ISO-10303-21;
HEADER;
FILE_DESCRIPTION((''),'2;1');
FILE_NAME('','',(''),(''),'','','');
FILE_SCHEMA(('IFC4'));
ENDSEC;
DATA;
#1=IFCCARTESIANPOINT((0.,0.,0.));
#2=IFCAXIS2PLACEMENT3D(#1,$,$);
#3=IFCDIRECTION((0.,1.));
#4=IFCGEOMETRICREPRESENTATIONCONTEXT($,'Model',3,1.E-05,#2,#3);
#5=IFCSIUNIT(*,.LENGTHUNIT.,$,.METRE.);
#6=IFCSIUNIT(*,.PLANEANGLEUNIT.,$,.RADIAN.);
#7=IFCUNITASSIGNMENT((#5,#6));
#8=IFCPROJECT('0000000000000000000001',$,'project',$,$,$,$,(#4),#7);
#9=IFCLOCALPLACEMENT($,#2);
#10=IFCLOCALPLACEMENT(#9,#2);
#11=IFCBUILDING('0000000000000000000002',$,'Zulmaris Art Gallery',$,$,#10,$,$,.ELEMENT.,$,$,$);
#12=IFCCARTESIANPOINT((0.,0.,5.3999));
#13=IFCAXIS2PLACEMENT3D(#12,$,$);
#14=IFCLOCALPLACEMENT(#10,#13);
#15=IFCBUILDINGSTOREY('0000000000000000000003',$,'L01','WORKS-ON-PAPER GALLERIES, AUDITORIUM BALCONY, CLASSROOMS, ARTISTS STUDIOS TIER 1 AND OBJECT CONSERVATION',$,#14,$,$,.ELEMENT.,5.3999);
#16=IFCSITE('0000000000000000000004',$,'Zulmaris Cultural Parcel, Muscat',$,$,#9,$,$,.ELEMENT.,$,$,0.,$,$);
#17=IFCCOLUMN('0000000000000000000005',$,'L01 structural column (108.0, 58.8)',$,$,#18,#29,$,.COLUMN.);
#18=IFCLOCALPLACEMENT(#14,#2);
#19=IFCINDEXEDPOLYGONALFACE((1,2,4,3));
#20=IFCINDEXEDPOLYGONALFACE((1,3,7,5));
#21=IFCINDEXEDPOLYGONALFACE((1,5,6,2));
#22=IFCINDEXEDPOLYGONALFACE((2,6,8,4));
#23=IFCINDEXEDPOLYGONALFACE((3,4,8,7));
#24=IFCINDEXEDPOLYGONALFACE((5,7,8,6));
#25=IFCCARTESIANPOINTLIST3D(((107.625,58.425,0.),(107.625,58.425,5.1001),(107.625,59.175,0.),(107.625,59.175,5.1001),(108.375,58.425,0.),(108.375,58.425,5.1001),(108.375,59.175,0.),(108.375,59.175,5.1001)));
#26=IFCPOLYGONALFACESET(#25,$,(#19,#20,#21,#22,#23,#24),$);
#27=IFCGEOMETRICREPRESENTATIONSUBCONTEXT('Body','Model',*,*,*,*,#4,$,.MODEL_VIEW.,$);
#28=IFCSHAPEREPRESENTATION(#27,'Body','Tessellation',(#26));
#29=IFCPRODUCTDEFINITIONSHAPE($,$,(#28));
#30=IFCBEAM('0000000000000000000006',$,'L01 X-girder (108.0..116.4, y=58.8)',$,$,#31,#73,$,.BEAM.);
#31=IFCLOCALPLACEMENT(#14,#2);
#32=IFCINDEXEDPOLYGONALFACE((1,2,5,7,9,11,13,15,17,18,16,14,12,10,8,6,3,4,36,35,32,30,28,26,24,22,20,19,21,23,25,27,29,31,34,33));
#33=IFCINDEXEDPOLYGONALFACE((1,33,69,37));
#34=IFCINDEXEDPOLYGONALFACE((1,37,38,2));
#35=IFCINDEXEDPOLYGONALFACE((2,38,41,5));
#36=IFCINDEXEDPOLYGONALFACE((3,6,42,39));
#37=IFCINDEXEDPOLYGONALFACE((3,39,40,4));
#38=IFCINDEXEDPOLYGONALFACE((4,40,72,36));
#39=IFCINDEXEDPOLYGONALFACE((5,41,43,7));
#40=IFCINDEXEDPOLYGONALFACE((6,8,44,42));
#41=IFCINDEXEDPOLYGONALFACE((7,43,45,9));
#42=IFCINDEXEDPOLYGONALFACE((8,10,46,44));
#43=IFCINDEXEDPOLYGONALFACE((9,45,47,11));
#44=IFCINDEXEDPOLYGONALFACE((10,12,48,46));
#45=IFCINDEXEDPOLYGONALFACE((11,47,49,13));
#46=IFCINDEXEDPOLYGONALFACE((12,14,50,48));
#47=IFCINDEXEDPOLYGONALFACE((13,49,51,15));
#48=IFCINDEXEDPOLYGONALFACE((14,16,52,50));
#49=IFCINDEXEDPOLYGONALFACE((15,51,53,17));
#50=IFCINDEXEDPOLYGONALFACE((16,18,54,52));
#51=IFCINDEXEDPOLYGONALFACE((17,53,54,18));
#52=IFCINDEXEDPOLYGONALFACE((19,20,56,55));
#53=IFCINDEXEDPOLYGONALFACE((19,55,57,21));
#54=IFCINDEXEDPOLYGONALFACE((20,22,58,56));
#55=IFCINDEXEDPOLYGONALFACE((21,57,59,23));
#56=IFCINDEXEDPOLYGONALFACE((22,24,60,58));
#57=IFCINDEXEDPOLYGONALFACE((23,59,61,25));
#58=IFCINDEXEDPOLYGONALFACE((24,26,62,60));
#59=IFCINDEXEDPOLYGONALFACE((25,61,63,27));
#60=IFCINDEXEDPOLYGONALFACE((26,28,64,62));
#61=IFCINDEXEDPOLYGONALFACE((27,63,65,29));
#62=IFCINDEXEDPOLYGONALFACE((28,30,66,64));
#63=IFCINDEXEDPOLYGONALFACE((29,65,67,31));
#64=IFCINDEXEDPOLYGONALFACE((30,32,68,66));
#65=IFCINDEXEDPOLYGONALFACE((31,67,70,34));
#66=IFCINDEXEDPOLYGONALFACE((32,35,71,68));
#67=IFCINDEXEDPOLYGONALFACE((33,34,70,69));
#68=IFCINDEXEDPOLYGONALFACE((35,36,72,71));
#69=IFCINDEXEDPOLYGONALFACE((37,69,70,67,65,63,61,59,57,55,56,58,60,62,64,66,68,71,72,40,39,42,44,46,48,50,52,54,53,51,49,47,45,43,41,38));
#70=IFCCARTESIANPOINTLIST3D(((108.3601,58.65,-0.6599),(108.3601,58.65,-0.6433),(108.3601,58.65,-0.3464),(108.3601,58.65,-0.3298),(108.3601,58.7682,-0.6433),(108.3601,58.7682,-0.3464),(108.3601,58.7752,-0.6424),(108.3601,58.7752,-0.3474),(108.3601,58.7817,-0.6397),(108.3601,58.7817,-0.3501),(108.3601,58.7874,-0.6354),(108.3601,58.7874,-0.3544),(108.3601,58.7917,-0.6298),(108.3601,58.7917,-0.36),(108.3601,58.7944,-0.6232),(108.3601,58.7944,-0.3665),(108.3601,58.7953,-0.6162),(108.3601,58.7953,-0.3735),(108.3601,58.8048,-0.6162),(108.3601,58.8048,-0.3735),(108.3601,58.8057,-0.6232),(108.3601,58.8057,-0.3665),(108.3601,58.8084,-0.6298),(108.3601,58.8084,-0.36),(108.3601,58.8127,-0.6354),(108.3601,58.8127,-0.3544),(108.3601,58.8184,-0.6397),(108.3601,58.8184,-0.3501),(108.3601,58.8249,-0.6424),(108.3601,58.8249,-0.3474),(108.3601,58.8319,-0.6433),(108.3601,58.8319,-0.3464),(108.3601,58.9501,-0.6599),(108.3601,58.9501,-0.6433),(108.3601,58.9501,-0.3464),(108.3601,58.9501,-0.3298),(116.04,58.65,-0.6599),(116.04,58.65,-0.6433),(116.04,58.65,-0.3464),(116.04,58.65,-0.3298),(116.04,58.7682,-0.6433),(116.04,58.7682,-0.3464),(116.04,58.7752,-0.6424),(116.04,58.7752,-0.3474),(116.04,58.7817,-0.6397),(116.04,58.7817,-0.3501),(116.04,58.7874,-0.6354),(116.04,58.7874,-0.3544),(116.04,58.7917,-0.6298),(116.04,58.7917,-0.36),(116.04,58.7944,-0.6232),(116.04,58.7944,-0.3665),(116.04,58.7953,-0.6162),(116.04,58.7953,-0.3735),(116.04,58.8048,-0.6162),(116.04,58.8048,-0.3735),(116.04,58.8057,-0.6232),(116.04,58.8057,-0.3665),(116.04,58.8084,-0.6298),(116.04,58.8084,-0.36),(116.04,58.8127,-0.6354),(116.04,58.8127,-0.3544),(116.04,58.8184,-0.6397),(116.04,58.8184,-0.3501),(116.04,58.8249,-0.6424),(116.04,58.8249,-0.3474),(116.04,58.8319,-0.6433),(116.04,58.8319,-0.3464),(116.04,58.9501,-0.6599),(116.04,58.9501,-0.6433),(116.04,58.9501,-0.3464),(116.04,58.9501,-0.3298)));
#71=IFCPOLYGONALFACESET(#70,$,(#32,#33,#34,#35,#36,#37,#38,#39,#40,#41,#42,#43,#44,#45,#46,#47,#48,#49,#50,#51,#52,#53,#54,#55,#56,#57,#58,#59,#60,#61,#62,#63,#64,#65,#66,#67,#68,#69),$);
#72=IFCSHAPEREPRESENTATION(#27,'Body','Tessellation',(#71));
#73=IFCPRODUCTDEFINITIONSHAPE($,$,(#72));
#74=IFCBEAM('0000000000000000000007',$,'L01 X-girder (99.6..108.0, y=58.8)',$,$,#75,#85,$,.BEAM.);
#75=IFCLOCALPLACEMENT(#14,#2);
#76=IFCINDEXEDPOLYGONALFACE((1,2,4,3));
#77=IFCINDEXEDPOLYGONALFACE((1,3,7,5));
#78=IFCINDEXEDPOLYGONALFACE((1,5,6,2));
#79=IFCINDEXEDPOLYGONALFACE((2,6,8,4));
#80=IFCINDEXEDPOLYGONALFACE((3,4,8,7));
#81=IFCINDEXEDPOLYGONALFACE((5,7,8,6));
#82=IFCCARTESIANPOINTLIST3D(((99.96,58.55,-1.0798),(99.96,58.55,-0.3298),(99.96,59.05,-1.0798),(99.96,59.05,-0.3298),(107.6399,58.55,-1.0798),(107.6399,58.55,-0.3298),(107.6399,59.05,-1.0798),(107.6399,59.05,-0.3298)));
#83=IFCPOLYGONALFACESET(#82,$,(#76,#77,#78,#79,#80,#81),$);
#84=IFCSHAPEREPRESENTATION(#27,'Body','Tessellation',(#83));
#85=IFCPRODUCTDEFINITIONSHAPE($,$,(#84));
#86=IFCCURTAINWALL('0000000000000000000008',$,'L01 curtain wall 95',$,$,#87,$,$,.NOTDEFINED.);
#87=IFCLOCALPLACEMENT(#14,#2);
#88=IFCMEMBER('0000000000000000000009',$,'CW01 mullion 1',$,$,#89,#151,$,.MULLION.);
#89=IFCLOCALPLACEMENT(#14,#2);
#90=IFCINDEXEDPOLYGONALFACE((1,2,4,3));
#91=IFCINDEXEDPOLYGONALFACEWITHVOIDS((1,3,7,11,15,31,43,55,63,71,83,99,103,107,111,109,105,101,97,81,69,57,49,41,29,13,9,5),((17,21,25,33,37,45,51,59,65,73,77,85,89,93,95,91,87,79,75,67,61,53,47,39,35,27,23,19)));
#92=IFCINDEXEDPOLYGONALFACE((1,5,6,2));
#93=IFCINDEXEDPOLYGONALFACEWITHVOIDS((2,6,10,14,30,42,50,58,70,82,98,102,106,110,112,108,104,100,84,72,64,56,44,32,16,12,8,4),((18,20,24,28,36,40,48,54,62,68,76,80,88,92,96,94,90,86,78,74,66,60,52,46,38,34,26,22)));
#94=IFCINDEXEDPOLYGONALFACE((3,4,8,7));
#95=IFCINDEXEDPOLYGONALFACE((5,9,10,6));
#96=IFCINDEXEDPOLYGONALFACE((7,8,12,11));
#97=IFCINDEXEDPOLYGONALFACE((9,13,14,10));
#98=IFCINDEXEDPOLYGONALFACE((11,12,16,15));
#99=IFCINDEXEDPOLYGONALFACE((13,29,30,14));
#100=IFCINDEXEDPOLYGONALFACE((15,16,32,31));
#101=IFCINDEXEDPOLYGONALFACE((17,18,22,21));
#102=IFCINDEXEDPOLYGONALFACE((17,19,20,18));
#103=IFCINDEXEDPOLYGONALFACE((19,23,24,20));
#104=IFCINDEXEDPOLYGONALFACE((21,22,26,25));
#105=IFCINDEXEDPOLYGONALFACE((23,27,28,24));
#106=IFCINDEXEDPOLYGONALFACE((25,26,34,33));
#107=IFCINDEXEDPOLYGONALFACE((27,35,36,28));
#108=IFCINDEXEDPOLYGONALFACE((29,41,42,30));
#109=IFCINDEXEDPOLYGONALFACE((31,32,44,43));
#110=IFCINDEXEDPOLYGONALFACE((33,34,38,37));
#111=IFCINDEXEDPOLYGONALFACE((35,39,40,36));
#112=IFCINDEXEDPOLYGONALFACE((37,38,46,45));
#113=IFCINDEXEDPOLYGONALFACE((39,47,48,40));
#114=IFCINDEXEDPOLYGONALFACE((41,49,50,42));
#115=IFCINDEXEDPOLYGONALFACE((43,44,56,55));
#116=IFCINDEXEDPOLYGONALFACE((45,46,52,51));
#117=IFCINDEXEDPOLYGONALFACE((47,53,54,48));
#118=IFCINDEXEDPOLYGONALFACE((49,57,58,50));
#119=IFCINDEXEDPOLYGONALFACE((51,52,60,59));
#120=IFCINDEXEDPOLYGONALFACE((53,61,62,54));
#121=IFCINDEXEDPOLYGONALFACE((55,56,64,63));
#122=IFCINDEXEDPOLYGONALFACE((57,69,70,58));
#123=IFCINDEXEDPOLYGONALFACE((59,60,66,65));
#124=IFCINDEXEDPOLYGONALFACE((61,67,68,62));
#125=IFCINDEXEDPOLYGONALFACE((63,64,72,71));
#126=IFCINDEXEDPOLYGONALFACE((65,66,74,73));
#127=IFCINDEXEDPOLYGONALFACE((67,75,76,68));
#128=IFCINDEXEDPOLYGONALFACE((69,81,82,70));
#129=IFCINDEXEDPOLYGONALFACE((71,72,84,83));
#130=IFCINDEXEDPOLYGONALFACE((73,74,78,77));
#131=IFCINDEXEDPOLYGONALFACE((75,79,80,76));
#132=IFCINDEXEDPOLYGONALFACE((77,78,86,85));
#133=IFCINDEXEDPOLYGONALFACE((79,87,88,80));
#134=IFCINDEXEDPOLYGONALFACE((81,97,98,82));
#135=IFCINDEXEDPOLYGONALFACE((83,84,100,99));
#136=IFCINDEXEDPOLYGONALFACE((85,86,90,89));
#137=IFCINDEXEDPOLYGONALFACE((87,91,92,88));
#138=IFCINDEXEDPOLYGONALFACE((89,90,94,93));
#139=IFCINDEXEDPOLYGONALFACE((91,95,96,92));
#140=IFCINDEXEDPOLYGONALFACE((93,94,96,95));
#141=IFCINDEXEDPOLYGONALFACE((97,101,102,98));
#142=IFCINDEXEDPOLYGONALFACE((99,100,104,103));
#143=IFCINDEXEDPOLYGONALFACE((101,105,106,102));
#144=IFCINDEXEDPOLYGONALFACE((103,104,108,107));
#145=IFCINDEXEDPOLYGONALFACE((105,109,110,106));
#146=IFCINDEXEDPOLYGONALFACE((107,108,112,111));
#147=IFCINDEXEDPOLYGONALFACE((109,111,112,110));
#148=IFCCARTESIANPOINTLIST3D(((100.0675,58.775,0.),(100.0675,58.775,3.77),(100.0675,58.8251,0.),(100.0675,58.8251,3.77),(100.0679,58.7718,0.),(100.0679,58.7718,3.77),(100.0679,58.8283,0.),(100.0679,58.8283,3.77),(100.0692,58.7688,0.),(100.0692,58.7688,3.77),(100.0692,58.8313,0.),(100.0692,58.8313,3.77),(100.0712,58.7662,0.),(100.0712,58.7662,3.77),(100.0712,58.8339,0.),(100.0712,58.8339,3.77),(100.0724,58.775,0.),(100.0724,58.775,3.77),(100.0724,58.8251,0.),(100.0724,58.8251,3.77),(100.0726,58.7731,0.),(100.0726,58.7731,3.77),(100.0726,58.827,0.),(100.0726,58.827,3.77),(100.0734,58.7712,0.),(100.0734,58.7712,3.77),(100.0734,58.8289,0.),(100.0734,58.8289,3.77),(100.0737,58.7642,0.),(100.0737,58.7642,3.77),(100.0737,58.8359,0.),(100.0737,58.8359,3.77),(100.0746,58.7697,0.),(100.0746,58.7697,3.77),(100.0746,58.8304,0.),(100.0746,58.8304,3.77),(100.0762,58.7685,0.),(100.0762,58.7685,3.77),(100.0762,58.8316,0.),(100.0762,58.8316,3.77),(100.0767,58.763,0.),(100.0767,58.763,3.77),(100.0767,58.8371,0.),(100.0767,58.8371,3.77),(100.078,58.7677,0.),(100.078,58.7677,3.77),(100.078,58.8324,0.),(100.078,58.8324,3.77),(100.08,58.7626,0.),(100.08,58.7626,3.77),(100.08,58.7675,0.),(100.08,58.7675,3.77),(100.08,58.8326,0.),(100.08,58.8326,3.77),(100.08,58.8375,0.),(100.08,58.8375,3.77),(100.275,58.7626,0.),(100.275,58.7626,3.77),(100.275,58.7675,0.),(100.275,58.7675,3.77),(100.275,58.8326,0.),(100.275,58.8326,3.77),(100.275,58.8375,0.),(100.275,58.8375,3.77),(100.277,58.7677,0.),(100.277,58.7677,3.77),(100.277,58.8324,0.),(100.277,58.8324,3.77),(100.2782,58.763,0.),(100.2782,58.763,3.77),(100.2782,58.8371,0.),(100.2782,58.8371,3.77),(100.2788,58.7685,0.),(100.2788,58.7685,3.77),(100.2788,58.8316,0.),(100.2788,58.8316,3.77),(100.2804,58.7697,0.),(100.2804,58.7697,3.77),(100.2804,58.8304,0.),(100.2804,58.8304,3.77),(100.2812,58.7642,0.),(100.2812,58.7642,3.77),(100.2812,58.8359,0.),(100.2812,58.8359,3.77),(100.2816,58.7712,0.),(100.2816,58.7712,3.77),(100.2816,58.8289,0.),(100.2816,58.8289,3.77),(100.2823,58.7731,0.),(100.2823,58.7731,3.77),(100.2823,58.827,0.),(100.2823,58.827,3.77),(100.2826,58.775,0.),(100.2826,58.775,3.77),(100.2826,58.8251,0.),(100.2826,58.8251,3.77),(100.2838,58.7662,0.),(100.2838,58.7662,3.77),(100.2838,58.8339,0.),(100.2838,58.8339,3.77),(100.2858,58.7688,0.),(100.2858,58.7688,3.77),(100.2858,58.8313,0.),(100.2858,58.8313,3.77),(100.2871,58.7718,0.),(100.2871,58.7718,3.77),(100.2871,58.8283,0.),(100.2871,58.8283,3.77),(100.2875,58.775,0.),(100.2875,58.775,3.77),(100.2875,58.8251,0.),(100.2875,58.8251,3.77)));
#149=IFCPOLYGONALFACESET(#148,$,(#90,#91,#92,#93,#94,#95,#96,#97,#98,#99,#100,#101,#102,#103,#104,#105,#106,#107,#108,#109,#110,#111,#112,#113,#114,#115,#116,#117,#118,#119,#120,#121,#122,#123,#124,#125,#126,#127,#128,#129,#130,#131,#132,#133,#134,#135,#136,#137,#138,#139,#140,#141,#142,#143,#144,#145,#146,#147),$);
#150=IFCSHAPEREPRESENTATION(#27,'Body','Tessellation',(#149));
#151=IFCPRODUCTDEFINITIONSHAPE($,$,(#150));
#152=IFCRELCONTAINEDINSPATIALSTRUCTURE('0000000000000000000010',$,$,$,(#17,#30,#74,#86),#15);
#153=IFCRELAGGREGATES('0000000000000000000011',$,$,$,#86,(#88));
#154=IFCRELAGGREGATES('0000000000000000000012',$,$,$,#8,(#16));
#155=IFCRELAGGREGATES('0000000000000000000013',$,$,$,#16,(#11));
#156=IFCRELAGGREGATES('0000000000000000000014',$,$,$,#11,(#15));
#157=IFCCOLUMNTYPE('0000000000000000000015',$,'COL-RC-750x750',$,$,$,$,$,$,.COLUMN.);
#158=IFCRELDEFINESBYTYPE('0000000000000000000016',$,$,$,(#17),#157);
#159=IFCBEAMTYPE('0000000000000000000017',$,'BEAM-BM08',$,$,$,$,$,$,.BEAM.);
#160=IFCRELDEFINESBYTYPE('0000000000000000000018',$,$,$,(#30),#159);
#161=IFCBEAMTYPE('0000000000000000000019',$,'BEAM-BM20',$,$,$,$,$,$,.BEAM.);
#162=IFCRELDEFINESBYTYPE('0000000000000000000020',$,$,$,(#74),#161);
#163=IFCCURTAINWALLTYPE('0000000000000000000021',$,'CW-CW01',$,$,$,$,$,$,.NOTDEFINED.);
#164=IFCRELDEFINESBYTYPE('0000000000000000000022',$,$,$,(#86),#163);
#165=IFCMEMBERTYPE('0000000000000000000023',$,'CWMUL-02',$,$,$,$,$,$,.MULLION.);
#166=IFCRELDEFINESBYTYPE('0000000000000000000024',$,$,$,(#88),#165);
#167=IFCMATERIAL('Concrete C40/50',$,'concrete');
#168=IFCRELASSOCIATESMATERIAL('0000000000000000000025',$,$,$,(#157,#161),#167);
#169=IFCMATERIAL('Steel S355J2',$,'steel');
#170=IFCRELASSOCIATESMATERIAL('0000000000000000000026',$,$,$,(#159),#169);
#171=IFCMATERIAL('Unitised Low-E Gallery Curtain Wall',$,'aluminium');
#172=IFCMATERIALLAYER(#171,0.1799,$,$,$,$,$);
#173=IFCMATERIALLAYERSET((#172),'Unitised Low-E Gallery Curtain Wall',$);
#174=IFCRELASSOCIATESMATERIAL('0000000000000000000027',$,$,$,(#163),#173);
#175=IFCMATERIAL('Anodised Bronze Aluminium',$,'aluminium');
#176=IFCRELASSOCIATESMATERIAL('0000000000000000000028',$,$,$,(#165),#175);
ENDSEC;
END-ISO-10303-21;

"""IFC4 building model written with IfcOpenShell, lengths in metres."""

from ifc_helpers import new_model, si_unit, direction, frame, origin, origin_2d, place, context, subcontext, project, spatial, rectangle, hollow_rectangle, i_section, extrude, material, layer, layer_set, material_profile, profile_set, type_object, element, aggregate, save


model = new_model("IFC4")

# Units and contexts
model_context = context("Model", 3, precision=1e-05, world=origin(), true_north=direction((0.0, 1.0)))
body_context = subcontext(model_context, "Body", "Model", "MODEL_VIEW")
ifc_project = project(units=[si_unit("LENGTHUNIT", "METRE"), si_unit("PLANEANGLEUNIT", "RADIAN")], contexts=[model_context])

# Site, building, storey
site_placement = place(None, origin())
site = spatial("IfcSite", under=ifc_project, at=site_placement, Name="Zulmaris Cultural Parcel, Muscat", CompositionType="ELEMENT", RefElevation=0.0)
building_placement = place(site_placement, origin())
building = spatial("IfcBuilding", under=site, at=building_placement, Name="Zulmaris Art Gallery", CompositionType="ELEMENT")
storey_placement = place(building_placement, frame((0.0, 0.0, 5.3999)))
storey = spatial("IfcBuildingStorey", under=building, at=storey_placement, Name="L01", Description="WORKS-ON-PAPER GALLERIES, AUDITORIUM BALCONY, CLASSROOMS, ARTISTS STUDIOS TIER 1 AND OBJECT CONSERVATION", CompositionType="ELEMENT", Elevation=5.3999)

# Column
ifc_material_1 = material(Name="Concrete C40/50", Category="concrete")
ifc_material_profile_1 = material_profile(ifc_material_1, rectangle(XDim=0.75, YDim=0.75, at=origin_2d()), Name="RC 750x750")
ifc_profile_set_1 = profile_set([ifc_material_profile_1], Name="Concrete C40/50")
column_type = type_object("IfcColumnType", Name="COL-RC-750x750", PredefinedType="COLUMN", material=ifc_profile_set_1)
column_placement = place(storey_placement, frame((108.0, 58.8, 0.0), z_axis=(0.0, 0.0, 1.0), x_axis=(1.0, 0.0, 0.0)))
element("IfcColumn", 1, at=column_placement, inside=storey, type_object=column_type, Name="L01 structural column (108.0, 58.8)", PredefinedType="COLUMN", context=body_context, shape_type="SweptSolid", body=[
    extrude(rectangle(XDim=0.75, YDim=0.75, at=origin_2d()), origin(), (0.0, 0.0, 1.0), 5.1001),
])

# Beams
ifc_material_2 = material(Name="Steel S355J2", Category="steel")
ifc_material_profile_2 = material_profile(ifc_material_2, i_section(OverallWidth=0.3, OverallDepth=0.3301, WebThickness=0.0095, FlangeThickness=0.0166, FilletRadius=0.0271, at=origin_2d()), Name="HEA 340")
ifc_profile_set_2 = profile_set([ifc_material_profile_2], Name="Steel S355J2")
beam_type_1 = type_object("IfcBeamType", Name="BEAM-BM08", PredefinedType="BEAM", material=ifc_profile_set_2)
beam_1_placement = place(storey_placement, frame((108.3601, 58.8, -0.4949), z_axis=(1.0, 0.0, 0.0), x_axis=(0.0, 1.0, 0.0)))
element("IfcBeam", 2, at=beam_1_placement, inside=storey, type_object=beam_type_1, Name="L01 X-girder (108.0..116.4, y=58.8)", PredefinedType="BEAM", context=body_context, shape_type="SweptSolid", body=[
    extrude(i_section(OverallWidth=0.3, OverallDepth=0.3301, WebThickness=0.0095, FlangeThickness=0.0166, FilletRadius=0.0271, at=origin_2d()), origin(), (0.0, 0.0, 1.0), 7.6799),
])
ifc_material_profile_3 = material_profile(ifc_material_1, rectangle(XDim=0.5, YDim=0.75, at=origin_2d()), Name="RC 500x750")
ifc_profile_set_3 = profile_set([ifc_material_profile_3], Name="Concrete C40/50")
beam_type_2 = type_object("IfcBeamType", Name="BEAM-BM20", PredefinedType="BEAM", material=ifc_profile_set_3)
beam_2_placement = place(storey_placement, frame((99.96, 58.8, -0.7048), z_axis=(1.0, 0.0, 0.0), x_axis=(0.0, 1.0, 0.0)))
element("IfcBeam", 3, at=beam_2_placement, inside=storey, type_object=beam_type_2, Name="L01 X-girder (99.6..108.0, y=58.8)", PredefinedType="BEAM", context=body_context, shape_type="SweptSolid", body=[
    extrude(rectangle(XDim=0.5, YDim=0.75, at=origin_2d()), origin(), (0.0, 0.0, 1.0), 7.6799),
])

# Curtain wall, member
ifc_material_3 = material(Name="Unitised Low-E Gallery Curtain Wall", Category="aluminium")
ifc_layer_1 = layer(ifc_material_3, 0.1799)
ifc_layer_set_1 = layer_set([ifc_layer_1], Name="Unitised Low-E Gallery Curtain Wall")
curtain_wall_type = type_object("IfcCurtainWallType", Name="CW-CW01", PredefinedType="NOTDEFINED", material=ifc_layer_set_1)
curtain_wall_placement = place(storey_placement, origin())
curtain_wall = element("IfcCurtainWall", 4, at=curtain_wall_placement, inside=storey, type_object=curtain_wall_type, Name="L01 curtain wall 95", PredefinedType="NOTDEFINED")
ifc_material_4 = material(Name="Anodised Bronze Aluminium", Category="aluminium")
ifc_material_profile_4 = material_profile(ifc_material_4, hollow_rectangle(XDim=0.075, YDim=0.22, WallThickness=0.0049, InnerFilletRadius=0.0076, OuterFilletRadius=0.0125, at=origin_2d()), Name="ALU 75x220x5")
ifc_profile_set_4 = profile_set([ifc_material_profile_4], Name="Anodised Bronze Aluminium")
member_type_1 = type_object("IfcMemberType", Name="CWMUL-02", PredefinedType="MULLION", material=ifc_profile_set_4)
member_1_placement = place(storey_placement, frame((100.1775, 58.8, 0.0), z_axis=(0.0, 0.0, 1.0), x_axis=(0.0, 1.0, 0.0)))
member_1 = element("IfcMember", 5, at=member_1_placement, type_object=member_type_1, Name="CW01 mullion 1", PredefinedType="MULLION", context=body_context, shape_type="SweptSolid", body=[
    extrude(hollow_rectangle(XDim=0.075, YDim=0.22, WallThickness=0.0049, InnerFilletRadius=0.0076, OuterFilletRadius=0.0125, at=origin_2d()), origin(), (0.0, 0.0, 1.0), 3.77),
])
aggregate(curtain_wall, [member_1])

save(model, "model.ifc")
